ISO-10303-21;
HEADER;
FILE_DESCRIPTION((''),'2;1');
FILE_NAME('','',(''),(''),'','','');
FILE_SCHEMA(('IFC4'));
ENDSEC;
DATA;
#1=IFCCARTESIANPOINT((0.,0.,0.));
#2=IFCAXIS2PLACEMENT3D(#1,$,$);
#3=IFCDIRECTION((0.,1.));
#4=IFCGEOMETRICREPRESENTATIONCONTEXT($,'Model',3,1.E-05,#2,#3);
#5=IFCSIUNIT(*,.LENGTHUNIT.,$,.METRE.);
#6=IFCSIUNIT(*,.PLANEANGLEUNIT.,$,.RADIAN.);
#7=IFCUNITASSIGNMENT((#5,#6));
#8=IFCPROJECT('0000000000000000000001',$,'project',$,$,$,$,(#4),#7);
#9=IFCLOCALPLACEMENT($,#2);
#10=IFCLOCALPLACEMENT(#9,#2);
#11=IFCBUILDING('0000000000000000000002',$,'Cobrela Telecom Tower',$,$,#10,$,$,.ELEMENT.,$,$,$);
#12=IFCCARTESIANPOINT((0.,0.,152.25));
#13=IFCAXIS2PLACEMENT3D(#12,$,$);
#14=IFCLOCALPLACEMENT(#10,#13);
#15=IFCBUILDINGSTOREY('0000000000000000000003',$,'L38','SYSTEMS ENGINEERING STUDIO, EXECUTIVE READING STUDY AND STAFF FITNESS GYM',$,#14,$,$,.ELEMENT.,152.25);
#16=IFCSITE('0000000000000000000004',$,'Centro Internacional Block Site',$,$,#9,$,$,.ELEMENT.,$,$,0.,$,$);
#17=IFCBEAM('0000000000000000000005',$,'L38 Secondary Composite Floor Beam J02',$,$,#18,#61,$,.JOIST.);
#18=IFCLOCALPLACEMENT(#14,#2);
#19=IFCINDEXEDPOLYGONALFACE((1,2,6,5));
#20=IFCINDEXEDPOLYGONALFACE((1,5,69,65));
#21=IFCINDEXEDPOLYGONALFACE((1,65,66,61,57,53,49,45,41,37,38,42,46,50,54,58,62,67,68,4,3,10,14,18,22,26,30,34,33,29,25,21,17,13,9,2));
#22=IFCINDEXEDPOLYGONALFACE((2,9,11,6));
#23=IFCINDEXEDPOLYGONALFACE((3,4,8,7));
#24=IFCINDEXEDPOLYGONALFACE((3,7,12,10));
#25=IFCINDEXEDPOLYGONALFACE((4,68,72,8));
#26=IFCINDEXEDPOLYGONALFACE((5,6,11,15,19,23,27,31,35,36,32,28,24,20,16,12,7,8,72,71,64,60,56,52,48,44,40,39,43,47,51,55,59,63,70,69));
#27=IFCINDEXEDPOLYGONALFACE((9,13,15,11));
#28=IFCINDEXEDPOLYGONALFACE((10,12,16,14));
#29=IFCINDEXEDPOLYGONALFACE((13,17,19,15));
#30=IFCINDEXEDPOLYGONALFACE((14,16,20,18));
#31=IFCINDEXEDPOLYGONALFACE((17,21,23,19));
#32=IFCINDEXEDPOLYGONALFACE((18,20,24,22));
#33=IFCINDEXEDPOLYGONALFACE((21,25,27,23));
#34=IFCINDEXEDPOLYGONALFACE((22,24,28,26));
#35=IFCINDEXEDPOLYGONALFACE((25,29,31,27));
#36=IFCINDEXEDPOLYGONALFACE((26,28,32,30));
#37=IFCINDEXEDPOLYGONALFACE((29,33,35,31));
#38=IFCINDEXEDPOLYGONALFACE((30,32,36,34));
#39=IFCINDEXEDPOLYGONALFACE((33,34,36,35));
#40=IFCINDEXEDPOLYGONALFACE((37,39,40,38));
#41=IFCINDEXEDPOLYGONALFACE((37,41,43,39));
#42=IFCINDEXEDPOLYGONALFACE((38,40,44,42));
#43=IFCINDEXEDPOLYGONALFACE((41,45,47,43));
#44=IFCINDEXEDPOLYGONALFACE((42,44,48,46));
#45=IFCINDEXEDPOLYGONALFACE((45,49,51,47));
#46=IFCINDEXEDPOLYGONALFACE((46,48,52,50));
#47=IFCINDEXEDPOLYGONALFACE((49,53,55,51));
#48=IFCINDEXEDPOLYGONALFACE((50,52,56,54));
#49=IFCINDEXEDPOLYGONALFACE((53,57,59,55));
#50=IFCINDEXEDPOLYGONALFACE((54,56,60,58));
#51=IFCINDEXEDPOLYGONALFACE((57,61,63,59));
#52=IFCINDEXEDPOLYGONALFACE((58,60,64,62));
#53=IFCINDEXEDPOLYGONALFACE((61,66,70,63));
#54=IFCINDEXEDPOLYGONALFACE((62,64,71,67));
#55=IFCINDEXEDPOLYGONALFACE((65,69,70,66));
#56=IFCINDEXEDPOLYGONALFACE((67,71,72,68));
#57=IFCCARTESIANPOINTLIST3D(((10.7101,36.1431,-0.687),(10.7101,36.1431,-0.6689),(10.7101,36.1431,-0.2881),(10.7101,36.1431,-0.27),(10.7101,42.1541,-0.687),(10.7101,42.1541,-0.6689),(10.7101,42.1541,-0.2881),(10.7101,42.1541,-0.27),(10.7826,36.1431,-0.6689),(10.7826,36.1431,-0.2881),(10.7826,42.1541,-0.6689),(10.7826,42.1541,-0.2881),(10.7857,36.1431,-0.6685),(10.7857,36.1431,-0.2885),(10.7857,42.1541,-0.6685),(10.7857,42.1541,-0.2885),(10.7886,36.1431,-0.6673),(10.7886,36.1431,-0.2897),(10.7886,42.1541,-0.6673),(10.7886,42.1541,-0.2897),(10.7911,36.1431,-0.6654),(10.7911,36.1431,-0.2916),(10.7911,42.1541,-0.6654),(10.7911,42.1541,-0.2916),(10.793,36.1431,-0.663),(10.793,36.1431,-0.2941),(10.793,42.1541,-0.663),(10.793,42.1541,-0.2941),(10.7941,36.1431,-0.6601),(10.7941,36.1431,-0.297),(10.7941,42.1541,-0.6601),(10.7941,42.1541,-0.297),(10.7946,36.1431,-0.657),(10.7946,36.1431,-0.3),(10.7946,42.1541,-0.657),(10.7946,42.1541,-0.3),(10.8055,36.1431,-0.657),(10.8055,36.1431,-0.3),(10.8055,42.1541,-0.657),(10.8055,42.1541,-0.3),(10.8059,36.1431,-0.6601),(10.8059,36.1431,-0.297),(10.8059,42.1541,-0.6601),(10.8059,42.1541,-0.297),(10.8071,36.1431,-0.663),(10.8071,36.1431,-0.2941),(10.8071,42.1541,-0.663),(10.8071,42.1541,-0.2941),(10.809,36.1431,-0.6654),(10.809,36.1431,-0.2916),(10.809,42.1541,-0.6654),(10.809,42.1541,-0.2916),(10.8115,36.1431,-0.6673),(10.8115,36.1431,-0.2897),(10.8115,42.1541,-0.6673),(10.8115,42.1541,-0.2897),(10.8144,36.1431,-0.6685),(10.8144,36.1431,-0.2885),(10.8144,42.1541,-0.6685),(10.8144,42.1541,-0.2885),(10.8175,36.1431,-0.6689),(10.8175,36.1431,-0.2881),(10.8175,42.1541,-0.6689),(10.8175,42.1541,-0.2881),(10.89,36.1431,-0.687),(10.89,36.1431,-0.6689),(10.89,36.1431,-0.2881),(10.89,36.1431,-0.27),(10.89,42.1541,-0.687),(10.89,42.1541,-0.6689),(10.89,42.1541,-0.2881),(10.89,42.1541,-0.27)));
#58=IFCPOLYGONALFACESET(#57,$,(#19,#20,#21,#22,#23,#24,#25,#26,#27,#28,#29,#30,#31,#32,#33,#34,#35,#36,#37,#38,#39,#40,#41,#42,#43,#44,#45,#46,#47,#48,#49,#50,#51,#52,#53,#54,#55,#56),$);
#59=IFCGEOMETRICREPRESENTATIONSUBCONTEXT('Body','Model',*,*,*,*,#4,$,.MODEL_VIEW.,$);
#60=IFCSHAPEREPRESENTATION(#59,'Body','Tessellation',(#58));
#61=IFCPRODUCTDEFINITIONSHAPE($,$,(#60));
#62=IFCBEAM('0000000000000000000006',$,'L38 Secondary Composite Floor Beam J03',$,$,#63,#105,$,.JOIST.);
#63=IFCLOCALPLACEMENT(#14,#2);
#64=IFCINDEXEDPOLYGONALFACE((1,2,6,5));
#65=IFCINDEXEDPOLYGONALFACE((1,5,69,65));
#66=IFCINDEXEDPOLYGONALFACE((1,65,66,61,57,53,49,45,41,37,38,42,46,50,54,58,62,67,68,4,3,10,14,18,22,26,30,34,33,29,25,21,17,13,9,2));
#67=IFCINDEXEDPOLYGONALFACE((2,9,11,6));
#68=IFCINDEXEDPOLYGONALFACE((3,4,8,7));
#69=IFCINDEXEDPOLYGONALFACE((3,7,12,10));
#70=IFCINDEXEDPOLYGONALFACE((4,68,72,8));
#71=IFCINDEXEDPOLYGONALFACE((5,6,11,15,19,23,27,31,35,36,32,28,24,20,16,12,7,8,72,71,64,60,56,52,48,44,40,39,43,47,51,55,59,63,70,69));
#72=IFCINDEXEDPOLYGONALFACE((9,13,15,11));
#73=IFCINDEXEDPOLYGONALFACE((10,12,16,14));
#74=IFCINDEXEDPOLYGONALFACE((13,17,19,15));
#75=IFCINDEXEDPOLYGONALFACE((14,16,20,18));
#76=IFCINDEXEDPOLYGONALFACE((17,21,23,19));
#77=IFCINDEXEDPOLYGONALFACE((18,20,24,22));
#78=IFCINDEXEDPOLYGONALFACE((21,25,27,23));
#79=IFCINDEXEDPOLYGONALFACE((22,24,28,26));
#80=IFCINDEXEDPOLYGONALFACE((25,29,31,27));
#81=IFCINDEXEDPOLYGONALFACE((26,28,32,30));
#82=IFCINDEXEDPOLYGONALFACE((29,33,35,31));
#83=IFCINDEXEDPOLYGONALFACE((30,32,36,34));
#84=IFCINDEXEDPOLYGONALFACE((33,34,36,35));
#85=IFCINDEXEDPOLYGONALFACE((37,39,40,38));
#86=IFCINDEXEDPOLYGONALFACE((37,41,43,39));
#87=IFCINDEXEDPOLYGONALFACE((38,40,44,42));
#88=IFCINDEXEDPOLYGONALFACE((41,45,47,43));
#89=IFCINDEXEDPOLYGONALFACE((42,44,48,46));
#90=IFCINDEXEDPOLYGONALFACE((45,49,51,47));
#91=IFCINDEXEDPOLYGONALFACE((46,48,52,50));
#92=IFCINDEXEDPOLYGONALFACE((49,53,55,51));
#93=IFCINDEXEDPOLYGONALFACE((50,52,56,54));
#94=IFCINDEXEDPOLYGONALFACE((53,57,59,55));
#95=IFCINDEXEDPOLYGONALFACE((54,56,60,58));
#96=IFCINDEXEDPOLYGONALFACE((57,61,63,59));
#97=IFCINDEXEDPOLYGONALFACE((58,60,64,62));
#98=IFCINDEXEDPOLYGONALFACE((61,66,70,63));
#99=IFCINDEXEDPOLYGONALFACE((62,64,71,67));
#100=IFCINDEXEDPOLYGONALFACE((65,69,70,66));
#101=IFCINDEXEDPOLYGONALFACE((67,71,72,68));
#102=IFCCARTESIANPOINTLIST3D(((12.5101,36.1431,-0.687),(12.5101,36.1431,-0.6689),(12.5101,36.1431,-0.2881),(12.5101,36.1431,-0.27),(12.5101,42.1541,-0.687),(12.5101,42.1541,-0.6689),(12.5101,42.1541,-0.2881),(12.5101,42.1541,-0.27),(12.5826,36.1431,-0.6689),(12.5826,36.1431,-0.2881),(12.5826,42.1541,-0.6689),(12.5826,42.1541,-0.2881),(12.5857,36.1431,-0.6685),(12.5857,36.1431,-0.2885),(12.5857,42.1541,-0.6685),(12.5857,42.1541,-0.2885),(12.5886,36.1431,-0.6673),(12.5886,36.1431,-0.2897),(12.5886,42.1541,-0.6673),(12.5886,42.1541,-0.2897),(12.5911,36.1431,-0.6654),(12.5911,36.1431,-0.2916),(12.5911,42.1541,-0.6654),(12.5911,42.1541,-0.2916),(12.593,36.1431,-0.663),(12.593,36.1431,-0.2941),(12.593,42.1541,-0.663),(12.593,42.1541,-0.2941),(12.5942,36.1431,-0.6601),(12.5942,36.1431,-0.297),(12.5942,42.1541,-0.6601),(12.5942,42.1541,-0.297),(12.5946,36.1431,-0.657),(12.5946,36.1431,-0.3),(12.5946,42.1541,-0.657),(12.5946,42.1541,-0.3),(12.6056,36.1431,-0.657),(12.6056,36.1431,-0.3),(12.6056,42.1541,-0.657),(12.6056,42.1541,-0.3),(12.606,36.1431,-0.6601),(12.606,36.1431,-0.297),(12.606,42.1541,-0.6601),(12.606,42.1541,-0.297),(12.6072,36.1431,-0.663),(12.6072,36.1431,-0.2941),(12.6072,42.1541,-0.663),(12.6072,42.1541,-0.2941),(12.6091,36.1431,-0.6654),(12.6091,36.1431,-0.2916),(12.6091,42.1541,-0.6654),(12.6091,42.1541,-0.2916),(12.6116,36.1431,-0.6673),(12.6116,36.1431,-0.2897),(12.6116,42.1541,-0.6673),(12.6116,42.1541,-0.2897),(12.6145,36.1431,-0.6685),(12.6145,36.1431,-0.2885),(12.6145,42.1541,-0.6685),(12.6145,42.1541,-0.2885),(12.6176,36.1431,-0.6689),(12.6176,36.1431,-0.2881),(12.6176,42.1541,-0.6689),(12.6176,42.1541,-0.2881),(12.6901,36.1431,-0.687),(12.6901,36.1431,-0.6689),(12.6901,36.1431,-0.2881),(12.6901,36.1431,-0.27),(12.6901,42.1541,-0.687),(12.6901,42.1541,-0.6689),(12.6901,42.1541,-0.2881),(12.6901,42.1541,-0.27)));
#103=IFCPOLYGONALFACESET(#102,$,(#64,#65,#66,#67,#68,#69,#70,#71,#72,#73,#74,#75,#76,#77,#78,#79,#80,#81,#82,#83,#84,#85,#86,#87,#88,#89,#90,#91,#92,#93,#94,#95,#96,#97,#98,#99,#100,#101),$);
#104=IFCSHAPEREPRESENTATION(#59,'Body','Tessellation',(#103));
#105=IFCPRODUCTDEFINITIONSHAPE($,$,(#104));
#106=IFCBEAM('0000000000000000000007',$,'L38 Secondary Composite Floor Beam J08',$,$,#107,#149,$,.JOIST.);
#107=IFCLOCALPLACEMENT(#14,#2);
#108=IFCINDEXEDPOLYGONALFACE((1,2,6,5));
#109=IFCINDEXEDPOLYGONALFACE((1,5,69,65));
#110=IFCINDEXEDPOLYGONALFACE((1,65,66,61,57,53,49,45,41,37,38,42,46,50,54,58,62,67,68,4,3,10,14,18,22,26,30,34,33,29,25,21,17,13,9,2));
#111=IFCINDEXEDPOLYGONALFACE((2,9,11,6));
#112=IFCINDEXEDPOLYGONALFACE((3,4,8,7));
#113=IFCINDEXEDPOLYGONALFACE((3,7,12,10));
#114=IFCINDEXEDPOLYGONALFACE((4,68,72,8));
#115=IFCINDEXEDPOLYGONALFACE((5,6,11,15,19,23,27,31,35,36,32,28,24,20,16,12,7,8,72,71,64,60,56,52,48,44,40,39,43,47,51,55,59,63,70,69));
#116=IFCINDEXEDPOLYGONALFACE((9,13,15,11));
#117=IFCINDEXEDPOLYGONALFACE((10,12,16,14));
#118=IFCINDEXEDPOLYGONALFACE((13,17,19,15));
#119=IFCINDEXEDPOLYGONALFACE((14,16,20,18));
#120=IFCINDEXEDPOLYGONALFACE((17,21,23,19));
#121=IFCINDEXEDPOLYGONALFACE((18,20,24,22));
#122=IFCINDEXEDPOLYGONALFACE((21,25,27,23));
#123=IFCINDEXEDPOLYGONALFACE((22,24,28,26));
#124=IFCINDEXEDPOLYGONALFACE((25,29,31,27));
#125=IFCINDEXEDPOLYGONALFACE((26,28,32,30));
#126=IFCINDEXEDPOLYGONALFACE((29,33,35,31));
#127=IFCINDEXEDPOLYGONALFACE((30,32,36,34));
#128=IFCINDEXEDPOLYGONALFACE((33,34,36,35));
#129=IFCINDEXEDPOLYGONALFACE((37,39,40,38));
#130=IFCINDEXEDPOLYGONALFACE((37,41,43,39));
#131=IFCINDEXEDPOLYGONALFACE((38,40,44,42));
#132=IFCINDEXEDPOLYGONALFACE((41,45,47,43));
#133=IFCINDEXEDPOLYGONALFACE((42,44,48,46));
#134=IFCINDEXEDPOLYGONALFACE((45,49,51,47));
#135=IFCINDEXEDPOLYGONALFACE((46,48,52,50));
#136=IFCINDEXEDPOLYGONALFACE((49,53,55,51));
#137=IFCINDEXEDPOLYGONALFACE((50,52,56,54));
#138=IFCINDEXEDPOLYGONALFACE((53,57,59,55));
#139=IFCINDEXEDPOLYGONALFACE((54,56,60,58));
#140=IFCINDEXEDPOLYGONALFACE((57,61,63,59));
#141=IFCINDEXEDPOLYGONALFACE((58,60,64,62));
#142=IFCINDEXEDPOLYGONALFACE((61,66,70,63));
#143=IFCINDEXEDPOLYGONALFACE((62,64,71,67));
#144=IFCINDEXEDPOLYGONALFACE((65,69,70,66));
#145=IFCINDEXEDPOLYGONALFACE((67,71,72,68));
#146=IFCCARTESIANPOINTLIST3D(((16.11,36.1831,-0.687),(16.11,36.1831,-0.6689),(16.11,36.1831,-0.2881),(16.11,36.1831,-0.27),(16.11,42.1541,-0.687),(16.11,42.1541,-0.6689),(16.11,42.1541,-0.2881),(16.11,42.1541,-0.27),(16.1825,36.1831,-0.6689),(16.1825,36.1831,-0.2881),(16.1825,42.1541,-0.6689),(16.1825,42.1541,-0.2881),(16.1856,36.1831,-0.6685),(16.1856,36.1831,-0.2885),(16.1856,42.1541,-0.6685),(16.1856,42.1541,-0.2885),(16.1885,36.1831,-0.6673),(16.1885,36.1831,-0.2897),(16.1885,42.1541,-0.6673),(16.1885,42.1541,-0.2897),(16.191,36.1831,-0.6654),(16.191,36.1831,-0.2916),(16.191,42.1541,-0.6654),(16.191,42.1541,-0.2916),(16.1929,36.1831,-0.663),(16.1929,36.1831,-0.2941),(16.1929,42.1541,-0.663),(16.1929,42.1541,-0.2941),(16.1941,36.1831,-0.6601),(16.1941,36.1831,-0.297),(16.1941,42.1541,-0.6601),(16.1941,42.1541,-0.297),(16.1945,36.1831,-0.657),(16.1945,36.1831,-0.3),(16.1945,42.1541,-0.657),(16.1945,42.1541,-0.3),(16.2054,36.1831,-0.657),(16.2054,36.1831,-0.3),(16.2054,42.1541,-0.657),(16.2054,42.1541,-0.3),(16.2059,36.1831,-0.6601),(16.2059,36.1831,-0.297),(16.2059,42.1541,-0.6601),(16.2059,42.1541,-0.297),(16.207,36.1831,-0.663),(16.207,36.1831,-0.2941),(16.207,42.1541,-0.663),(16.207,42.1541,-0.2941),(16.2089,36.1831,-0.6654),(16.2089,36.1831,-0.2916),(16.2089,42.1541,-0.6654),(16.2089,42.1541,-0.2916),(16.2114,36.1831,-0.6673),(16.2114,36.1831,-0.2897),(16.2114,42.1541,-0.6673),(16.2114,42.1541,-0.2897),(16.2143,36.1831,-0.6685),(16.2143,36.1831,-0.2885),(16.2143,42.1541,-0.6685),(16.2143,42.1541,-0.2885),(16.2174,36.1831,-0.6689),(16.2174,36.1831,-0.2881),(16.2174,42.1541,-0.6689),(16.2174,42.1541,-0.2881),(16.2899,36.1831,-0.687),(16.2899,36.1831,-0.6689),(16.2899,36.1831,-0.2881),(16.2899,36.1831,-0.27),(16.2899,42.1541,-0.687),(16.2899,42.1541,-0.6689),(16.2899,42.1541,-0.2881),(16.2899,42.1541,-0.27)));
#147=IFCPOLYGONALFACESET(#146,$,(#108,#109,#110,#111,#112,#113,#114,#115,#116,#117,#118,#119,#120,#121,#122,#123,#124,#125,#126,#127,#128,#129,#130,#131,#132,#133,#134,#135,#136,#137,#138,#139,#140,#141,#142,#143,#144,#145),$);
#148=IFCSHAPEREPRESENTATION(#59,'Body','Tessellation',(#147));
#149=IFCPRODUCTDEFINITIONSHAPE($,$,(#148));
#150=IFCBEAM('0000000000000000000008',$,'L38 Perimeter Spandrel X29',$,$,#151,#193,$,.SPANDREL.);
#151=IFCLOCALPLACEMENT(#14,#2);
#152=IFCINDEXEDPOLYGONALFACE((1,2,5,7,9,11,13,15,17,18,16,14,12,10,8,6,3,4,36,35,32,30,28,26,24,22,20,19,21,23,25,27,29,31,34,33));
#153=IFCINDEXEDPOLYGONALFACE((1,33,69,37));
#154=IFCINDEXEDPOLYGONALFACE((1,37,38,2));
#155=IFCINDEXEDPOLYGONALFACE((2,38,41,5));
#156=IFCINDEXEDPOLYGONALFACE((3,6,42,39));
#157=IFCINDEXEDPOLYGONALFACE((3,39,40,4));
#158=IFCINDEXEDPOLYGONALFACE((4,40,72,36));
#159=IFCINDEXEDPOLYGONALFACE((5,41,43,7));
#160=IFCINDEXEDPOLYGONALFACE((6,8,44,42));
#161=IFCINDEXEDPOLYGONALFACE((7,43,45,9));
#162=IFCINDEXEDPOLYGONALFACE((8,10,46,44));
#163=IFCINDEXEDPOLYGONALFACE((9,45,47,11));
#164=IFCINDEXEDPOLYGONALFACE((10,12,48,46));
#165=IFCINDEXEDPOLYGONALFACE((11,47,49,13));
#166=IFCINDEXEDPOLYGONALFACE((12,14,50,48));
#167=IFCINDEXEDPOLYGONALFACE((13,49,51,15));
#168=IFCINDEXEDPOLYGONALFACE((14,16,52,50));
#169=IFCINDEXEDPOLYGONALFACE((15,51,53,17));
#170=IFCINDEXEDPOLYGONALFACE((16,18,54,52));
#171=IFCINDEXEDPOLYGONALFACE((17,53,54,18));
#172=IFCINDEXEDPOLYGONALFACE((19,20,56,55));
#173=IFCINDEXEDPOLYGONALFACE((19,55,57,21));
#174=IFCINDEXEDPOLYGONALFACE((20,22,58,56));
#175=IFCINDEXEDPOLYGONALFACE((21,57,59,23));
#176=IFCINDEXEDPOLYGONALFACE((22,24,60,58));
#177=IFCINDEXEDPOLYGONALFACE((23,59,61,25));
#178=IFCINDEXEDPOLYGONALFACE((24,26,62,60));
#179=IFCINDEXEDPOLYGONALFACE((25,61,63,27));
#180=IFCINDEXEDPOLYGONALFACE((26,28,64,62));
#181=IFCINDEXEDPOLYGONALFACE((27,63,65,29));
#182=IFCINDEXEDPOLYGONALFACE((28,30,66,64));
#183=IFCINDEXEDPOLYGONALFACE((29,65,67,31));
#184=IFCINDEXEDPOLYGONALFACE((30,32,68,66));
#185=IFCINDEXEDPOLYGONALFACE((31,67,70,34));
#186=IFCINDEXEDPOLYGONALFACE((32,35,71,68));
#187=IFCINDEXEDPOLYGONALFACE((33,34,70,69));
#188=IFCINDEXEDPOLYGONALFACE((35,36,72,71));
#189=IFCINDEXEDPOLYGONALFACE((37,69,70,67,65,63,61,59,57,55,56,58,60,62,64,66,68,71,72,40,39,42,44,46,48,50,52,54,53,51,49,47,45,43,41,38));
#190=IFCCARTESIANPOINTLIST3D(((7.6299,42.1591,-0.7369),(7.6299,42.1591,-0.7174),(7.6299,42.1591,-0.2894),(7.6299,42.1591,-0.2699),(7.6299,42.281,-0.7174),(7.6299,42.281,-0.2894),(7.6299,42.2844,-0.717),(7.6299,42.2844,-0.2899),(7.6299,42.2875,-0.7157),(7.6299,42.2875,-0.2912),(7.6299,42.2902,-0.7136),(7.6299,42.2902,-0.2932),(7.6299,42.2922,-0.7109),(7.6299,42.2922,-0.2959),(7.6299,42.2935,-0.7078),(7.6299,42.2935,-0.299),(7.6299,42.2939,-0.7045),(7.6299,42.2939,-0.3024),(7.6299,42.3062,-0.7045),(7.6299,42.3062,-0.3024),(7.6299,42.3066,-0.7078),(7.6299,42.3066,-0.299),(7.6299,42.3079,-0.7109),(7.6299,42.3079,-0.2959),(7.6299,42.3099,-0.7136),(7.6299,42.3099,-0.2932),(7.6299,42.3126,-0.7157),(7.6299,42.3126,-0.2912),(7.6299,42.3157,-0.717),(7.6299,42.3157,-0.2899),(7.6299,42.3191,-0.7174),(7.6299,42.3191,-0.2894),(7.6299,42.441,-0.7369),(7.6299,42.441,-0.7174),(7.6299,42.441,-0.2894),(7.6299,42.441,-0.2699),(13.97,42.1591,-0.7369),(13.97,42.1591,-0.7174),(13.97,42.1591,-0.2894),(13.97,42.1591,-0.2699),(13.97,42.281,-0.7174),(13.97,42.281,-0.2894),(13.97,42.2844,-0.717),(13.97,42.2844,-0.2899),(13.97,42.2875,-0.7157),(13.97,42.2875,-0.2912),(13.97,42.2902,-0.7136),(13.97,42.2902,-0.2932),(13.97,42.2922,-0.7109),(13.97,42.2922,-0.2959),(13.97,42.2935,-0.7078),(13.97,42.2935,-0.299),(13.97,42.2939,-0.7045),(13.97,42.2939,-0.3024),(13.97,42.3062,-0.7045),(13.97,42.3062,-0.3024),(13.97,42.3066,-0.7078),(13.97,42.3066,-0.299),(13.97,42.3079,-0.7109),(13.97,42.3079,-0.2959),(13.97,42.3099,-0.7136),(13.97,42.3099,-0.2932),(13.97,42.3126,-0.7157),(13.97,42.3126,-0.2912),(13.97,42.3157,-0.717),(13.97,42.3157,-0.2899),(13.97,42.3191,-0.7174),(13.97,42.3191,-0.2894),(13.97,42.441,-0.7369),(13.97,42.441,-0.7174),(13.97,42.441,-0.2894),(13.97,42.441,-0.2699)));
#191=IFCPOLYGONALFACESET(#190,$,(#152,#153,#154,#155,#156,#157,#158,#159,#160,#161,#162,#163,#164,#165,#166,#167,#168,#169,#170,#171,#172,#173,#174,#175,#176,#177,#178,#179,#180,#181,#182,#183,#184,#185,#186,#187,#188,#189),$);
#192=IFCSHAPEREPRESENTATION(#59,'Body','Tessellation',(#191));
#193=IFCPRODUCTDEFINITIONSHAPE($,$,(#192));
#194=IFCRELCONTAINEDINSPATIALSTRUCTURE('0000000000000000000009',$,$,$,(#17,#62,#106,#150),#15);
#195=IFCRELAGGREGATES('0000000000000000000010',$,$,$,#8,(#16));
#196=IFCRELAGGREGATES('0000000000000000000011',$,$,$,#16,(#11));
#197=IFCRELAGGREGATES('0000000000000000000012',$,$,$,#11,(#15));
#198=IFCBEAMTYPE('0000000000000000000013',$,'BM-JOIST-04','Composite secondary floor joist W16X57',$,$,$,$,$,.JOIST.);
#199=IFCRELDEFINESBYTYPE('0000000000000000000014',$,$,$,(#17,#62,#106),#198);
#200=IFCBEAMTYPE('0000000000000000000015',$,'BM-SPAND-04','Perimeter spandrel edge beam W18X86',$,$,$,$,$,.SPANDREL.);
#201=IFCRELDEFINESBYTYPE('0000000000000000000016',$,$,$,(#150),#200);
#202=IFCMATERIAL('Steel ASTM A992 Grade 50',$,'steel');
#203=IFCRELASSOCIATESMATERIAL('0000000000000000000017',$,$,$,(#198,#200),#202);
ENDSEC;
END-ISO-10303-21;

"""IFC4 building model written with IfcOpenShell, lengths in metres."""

from ifc_helpers import new_model, si_unit, direction, frame, origin, origin_2d, place, context, subcontext, project, spatial, i_section, extrude, material, material_profile, profile_set, type_object, element, save


model = new_model("IFC4")

# Units and contexts
model_context = context("Model", 3, precision=1e-05, world=origin(), true_north=direction((0.0, 1.0)))
body_context = subcontext(model_context, "Body", "Model", "MODEL_VIEW")
ifc_project = project(units=[si_unit("LENGTHUNIT", "METRE"), si_unit("PLANEANGLEUNIT", "RADIAN")], contexts=[model_context])

# Site, building, storey
site_placement = place(None, origin())
site = spatial("IfcSite", under=ifc_project, at=site_placement, Name="Centro Internacional Block Site", CompositionType="ELEMENT", RefElevation=0.0)
building_placement = place(site_placement, origin())
building = spatial("IfcBuilding", under=site, at=building_placement, Name="Cobrela Telecom Tower", CompositionType="ELEMENT")
storey_placement = place(building_placement, frame((0.0, 0.0, 152.25)))
storey = spatial("IfcBuildingStorey", under=building, at=storey_placement, Name="L38", Description="SYSTEMS ENGINEERING STUDIO, EXECUTIVE READING STUDY AND STAFF FITNESS GYM", CompositionType="ELEMENT", Elevation=152.25)

# Beams
ifc_material_1 = material(Name="Steel ASTM A992 Grade 50", Category="steel")
ifc_material_profile_1 = material_profile(ifc_material_1, i_section(OverallWidth=0.1799, OverallDepth=0.417, WebThickness=0.011, FlangeThickness=0.0181, FilletRadius=0.012, at=origin_2d()), Name="W16X57")
ifc_profile_set_1 = profile_set([ifc_material_profile_1], Name="Steel ASTM A992 Grade 50")
beam_type_1 = type_object("IfcBeamType", Name="BM-JOIST-04", Description="Composite secondary floor joist W16X57", PredefinedType="JOIST", material=ifc_profile_set_1)
for number, where, z_axis, x_axis, name in (
    (1, (10.8, 36.1431, -0.4785), (0.0, 1.0, 0.0), (-1.0, 0.0, 0.0), "L38 Secondary Composite Floor Beam J02"),
    (2, (12.6001, 36.1431, -0.4785), (0.0, 1.0, 0.0), (-1.0, 0.0, 0.0), "L38 Secondary Composite Floor Beam J03"),
):
    element("IfcBeam", number, at=place(storey_placement, frame(where, z_axis=z_axis, x_axis=x_axis)), inside=storey, type_object=beam_type_1, Name=name, PredefinedType="JOIST", context=body_context, shape_type="SweptSolid", body=[
        extrude(i_section(OverallWidth=0.1799, OverallDepth=0.417, WebThickness=0.011, FlangeThickness=0.0181, FilletRadius=0.012, at=origin_2d()), origin(), (0.0, 0.0, 1.0), 6.011),
    ])
beam_1_placement = place(storey_placement, frame((16.2, 36.1831, -0.4785), z_axis=(0.0, 1.0, 0.0), x_axis=(-1.0, 0.0, 0.0)))
element("IfcBeam", 3, at=beam_1_placement, inside=storey, type_object=beam_type_1, Name="L38 Secondary Composite Floor Beam J08", PredefinedType="JOIST", context=body_context, shape_type="SweptSolid", body=[
    extrude(i_section(OverallWidth=0.1799, OverallDepth=0.417, WebThickness=0.011, FlangeThickness=0.0181, FilletRadius=0.012, at=origin_2d()), origin(), (0.0, 0.0, 1.0), 5.9709),
])
ifc_material_profile_2 = material_profile(ifc_material_1, i_section(OverallWidth=0.282, OverallDepth=0.467, WebThickness=0.0122, FlangeThickness=0.0195, FilletRadius=0.0129, at=origin_2d()), Name="W18X86")
ifc_profile_set_2 = profile_set([ifc_material_profile_2], Name="Steel ASTM A992 Grade 50")
beam_type_2 = type_object("IfcBeamType", Name="BM-SPAND-04", Description="Perimeter spandrel edge beam W18X86", PredefinedType="SPANDREL", material=ifc_profile_set_2)
beam_2_placement = place(storey_placement, frame((7.6299, 42.3, -0.5034), z_axis=(1.0, 0.0, 0.0), x_axis=(0.0, 1.0, 0.0)))
element("IfcBeam", 4, at=beam_2_placement, inside=storey, type_object=beam_type_2, Name="L38 Perimeter Spandrel X29", PredefinedType="SPANDREL", context=body_context, shape_type="SweptSolid", body=[
    extrude(i_section(OverallWidth=0.282, OverallDepth=0.467, WebThickness=0.0122, FlangeThickness=0.0195, FilletRadius=0.0129, at=origin_2d()), origin(), (0.0, 0.0, 1.0), 6.3401),
])

save(model, "model.ifc")
